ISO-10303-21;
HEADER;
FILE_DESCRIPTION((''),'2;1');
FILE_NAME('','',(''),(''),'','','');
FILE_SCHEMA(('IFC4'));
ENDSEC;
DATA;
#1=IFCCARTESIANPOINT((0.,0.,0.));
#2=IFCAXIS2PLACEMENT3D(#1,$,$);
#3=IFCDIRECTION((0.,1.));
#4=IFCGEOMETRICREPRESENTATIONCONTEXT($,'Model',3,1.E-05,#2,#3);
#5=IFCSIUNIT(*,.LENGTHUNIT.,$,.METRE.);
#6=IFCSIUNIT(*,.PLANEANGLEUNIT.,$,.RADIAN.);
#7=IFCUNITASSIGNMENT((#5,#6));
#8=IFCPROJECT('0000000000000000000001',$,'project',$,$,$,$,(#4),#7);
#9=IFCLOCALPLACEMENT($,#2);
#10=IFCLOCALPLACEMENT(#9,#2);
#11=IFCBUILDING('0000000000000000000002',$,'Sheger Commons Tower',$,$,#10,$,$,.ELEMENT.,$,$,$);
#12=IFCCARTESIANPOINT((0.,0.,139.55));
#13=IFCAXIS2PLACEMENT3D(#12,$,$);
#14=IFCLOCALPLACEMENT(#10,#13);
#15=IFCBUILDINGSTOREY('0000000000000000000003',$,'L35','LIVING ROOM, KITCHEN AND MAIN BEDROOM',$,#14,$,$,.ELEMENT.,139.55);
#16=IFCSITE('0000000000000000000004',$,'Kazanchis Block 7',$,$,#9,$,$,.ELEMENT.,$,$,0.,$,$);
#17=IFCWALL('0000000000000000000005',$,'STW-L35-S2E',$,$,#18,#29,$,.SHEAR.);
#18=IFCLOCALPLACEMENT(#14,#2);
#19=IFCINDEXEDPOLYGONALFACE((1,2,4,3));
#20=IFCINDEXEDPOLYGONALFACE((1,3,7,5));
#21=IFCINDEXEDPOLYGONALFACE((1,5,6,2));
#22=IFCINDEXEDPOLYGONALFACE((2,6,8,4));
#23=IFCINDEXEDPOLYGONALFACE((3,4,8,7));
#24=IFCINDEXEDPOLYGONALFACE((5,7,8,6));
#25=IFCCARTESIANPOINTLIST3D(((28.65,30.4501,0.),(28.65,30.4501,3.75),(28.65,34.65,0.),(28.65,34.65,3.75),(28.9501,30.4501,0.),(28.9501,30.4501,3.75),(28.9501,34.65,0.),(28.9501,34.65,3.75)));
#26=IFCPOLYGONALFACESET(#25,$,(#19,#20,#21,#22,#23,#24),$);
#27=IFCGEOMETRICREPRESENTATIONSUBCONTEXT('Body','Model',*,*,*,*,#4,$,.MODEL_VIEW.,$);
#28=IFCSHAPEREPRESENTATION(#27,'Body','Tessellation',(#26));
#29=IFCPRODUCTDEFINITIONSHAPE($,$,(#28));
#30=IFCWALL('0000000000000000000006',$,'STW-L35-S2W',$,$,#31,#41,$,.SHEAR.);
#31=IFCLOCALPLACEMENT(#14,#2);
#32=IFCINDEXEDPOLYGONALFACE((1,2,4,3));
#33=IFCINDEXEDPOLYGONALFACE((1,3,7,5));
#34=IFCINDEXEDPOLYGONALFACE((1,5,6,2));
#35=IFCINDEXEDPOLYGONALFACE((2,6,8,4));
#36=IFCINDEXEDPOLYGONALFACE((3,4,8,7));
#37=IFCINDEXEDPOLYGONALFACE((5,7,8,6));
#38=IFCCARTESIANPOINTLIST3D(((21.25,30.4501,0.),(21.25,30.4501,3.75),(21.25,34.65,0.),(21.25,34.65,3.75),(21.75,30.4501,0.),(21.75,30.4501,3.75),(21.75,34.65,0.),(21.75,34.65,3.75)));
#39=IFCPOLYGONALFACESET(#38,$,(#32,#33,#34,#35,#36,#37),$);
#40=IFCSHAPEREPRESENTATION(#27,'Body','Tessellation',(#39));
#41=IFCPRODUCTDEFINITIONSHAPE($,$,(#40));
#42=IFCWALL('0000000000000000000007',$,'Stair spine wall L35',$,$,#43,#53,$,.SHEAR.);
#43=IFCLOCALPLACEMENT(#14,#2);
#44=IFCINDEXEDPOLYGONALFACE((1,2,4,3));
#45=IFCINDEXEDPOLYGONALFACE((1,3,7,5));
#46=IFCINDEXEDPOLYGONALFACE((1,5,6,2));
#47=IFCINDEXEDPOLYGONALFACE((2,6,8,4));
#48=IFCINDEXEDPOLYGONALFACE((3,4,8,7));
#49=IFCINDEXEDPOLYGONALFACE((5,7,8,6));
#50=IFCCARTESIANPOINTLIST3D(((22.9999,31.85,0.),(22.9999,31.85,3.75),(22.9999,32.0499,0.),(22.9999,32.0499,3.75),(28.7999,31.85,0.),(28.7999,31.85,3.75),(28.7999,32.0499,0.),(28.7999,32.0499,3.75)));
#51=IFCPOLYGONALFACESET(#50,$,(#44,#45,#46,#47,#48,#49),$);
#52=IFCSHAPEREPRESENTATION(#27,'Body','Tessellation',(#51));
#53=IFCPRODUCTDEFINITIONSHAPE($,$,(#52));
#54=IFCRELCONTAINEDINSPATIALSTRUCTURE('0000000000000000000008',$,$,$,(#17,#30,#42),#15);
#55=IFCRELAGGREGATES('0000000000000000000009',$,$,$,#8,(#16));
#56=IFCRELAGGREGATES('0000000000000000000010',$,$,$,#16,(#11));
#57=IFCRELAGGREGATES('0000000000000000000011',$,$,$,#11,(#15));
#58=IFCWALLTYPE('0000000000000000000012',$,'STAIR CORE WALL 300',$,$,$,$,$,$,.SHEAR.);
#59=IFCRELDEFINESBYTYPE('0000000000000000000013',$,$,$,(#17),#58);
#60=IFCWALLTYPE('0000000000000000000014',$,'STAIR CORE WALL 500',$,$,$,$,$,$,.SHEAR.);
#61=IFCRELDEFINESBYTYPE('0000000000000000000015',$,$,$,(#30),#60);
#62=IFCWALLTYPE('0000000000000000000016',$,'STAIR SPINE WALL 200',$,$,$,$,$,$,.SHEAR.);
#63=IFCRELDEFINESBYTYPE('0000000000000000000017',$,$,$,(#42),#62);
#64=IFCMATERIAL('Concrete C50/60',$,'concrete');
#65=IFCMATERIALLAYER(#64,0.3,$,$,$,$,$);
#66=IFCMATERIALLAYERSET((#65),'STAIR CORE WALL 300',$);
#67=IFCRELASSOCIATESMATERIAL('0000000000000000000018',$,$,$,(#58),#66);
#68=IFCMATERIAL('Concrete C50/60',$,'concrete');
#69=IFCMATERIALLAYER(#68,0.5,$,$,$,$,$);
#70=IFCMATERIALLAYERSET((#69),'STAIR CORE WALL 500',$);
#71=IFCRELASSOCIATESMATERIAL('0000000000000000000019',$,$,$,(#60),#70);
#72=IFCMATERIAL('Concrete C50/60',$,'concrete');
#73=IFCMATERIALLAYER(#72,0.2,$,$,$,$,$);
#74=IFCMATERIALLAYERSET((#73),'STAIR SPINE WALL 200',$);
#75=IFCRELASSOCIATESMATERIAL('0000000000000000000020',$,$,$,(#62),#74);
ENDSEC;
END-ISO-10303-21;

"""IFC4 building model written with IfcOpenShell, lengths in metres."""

from ifc_helpers import new_model, si_unit, direction, frame, frame_2d, origin, place, context, subcontext, project, spatial, rectangle, extrude, material, layer, layer_set, type_object, element, save


model = new_model("IFC4")

# Units and contexts
model_context = context("Model", 3, precision=1e-05, world=origin(), true_north=direction((0.0, 1.0)))
body_context = subcontext(model_context, "Body", "Model", "MODEL_VIEW")
ifc_project = project(units=[si_unit("LENGTHUNIT", "METRE"), si_unit("PLANEANGLEUNIT", "RADIAN")], contexts=[model_context])

# Site, building, storey
site_placement = place(None, origin())
site = spatial("IfcSite", under=ifc_project, at=site_placement, Name="Kazanchis Block 7", CompositionType="ELEMENT", RefElevation=0.0)
building_placement = place(site_placement, origin())
building = spatial("IfcBuilding", under=site, at=building_placement, Name="Sheger Commons Tower", CompositionType="ELEMENT")
storey_placement = place(building_placement, frame((0.0, 0.0, 139.55)))
storey = spatial("IfcBuildingStorey", under=building, at=storey_placement, Name="L35", Description="LIVING ROOM, KITCHEN AND MAIN BEDROOM", CompositionType="ELEMENT", Elevation=139.55)

# Shared definitions
ifc_material_1 = material(Name="Concrete C50/60", Category="concrete")
ifc_layer_1 = layer(ifc_material_1, 0.3)
ifc_layer_set_1 = layer_set([ifc_layer_1], Name="STAIR CORE WALL 300")
wall_type_1 = type_object("IfcWallType", Name="STAIR CORE WALL 300", PredefinedType="SHEAR", material=ifc_layer_set_1)

# Walls
wall_1_placement = place(storey_placement, frame((28.8, 30.45, 0.0), z_axis=(0.0, 0.0, 1.0), x_axis=(0.0, 1.0, 0.0)))
element("IfcWall", 1, at=wall_1_placement, inside=storey, type_object=wall_type_1, Name="STW-L35-S2E", PredefinedType="SHEAR", context=body_context, shape_type="SweptSolid", body=[
    extrude(rectangle(XDim=4.2, YDim=0.3, at=frame_2d((2.1001, 0.0))), origin(), (0.0, 0.0, 1.0), 3.75),
])
ifc_material_2 = material(Name="Concrete C50/60", Category="concrete")
ifc_layer_2 = layer(ifc_material_2, 0.5)
ifc_layer_set_2 = layer_set([ifc_layer_2], Name="STAIR CORE WALL 500")
wall_type_2 = type_object("IfcWallType", Name="STAIR CORE WALL 500", PredefinedType="SHEAR", material=ifc_layer_set_2)
wall_2_placement = place(storey_placement, frame((21.5, 30.45, 0.0), z_axis=(0.0, 0.0, 1.0), x_axis=(0.0, 1.0, 0.0)))
element("IfcWall", 2, at=wall_2_placement, inside=storey, type_object=wall_type_2, Name="STW-L35-S2W", PredefinedType="SHEAR", context=body_context, shape_type="SweptSolid", body=[
    extrude(rectangle(XDim=4.2, YDim=0.5, at=frame_2d((2.1001, 0.0))), origin(), (0.0, 0.0, 1.0), 3.75),
])
ifc_material_3 = material(Name="Concrete C50/60", Category="concrete")
ifc_layer_3 = layer(ifc_material_3, 0.2)
ifc_layer_set_3 = layer_set([ifc_layer_3], Name="STAIR SPINE WALL 200")
wall_type_3 = type_object("IfcWallType", Name="STAIR SPINE WALL 200", PredefinedType="SHEAR", material=ifc_layer_set_3)
wall_3_placement = place(storey_placement, frame((23.0, 31.95, 0.0), z_axis=(0.0, 0.0, 1.0), x_axis=(1.0, 0.0, 0.0)))
element("IfcWall", 3, at=wall_3_placement, inside=storey, type_object=wall_type_3, Name="Stair spine wall L35", PredefinedType="SHEAR", context=body_context, shape_type="SweptSolid", body=[
    extrude(rectangle(XDim=5.8, YDim=0.2, at=frame_2d((2.8999, 0.0))), origin(), (0.0, 0.0, 1.0), 3.75),
])

save(model, "model.ifc")
